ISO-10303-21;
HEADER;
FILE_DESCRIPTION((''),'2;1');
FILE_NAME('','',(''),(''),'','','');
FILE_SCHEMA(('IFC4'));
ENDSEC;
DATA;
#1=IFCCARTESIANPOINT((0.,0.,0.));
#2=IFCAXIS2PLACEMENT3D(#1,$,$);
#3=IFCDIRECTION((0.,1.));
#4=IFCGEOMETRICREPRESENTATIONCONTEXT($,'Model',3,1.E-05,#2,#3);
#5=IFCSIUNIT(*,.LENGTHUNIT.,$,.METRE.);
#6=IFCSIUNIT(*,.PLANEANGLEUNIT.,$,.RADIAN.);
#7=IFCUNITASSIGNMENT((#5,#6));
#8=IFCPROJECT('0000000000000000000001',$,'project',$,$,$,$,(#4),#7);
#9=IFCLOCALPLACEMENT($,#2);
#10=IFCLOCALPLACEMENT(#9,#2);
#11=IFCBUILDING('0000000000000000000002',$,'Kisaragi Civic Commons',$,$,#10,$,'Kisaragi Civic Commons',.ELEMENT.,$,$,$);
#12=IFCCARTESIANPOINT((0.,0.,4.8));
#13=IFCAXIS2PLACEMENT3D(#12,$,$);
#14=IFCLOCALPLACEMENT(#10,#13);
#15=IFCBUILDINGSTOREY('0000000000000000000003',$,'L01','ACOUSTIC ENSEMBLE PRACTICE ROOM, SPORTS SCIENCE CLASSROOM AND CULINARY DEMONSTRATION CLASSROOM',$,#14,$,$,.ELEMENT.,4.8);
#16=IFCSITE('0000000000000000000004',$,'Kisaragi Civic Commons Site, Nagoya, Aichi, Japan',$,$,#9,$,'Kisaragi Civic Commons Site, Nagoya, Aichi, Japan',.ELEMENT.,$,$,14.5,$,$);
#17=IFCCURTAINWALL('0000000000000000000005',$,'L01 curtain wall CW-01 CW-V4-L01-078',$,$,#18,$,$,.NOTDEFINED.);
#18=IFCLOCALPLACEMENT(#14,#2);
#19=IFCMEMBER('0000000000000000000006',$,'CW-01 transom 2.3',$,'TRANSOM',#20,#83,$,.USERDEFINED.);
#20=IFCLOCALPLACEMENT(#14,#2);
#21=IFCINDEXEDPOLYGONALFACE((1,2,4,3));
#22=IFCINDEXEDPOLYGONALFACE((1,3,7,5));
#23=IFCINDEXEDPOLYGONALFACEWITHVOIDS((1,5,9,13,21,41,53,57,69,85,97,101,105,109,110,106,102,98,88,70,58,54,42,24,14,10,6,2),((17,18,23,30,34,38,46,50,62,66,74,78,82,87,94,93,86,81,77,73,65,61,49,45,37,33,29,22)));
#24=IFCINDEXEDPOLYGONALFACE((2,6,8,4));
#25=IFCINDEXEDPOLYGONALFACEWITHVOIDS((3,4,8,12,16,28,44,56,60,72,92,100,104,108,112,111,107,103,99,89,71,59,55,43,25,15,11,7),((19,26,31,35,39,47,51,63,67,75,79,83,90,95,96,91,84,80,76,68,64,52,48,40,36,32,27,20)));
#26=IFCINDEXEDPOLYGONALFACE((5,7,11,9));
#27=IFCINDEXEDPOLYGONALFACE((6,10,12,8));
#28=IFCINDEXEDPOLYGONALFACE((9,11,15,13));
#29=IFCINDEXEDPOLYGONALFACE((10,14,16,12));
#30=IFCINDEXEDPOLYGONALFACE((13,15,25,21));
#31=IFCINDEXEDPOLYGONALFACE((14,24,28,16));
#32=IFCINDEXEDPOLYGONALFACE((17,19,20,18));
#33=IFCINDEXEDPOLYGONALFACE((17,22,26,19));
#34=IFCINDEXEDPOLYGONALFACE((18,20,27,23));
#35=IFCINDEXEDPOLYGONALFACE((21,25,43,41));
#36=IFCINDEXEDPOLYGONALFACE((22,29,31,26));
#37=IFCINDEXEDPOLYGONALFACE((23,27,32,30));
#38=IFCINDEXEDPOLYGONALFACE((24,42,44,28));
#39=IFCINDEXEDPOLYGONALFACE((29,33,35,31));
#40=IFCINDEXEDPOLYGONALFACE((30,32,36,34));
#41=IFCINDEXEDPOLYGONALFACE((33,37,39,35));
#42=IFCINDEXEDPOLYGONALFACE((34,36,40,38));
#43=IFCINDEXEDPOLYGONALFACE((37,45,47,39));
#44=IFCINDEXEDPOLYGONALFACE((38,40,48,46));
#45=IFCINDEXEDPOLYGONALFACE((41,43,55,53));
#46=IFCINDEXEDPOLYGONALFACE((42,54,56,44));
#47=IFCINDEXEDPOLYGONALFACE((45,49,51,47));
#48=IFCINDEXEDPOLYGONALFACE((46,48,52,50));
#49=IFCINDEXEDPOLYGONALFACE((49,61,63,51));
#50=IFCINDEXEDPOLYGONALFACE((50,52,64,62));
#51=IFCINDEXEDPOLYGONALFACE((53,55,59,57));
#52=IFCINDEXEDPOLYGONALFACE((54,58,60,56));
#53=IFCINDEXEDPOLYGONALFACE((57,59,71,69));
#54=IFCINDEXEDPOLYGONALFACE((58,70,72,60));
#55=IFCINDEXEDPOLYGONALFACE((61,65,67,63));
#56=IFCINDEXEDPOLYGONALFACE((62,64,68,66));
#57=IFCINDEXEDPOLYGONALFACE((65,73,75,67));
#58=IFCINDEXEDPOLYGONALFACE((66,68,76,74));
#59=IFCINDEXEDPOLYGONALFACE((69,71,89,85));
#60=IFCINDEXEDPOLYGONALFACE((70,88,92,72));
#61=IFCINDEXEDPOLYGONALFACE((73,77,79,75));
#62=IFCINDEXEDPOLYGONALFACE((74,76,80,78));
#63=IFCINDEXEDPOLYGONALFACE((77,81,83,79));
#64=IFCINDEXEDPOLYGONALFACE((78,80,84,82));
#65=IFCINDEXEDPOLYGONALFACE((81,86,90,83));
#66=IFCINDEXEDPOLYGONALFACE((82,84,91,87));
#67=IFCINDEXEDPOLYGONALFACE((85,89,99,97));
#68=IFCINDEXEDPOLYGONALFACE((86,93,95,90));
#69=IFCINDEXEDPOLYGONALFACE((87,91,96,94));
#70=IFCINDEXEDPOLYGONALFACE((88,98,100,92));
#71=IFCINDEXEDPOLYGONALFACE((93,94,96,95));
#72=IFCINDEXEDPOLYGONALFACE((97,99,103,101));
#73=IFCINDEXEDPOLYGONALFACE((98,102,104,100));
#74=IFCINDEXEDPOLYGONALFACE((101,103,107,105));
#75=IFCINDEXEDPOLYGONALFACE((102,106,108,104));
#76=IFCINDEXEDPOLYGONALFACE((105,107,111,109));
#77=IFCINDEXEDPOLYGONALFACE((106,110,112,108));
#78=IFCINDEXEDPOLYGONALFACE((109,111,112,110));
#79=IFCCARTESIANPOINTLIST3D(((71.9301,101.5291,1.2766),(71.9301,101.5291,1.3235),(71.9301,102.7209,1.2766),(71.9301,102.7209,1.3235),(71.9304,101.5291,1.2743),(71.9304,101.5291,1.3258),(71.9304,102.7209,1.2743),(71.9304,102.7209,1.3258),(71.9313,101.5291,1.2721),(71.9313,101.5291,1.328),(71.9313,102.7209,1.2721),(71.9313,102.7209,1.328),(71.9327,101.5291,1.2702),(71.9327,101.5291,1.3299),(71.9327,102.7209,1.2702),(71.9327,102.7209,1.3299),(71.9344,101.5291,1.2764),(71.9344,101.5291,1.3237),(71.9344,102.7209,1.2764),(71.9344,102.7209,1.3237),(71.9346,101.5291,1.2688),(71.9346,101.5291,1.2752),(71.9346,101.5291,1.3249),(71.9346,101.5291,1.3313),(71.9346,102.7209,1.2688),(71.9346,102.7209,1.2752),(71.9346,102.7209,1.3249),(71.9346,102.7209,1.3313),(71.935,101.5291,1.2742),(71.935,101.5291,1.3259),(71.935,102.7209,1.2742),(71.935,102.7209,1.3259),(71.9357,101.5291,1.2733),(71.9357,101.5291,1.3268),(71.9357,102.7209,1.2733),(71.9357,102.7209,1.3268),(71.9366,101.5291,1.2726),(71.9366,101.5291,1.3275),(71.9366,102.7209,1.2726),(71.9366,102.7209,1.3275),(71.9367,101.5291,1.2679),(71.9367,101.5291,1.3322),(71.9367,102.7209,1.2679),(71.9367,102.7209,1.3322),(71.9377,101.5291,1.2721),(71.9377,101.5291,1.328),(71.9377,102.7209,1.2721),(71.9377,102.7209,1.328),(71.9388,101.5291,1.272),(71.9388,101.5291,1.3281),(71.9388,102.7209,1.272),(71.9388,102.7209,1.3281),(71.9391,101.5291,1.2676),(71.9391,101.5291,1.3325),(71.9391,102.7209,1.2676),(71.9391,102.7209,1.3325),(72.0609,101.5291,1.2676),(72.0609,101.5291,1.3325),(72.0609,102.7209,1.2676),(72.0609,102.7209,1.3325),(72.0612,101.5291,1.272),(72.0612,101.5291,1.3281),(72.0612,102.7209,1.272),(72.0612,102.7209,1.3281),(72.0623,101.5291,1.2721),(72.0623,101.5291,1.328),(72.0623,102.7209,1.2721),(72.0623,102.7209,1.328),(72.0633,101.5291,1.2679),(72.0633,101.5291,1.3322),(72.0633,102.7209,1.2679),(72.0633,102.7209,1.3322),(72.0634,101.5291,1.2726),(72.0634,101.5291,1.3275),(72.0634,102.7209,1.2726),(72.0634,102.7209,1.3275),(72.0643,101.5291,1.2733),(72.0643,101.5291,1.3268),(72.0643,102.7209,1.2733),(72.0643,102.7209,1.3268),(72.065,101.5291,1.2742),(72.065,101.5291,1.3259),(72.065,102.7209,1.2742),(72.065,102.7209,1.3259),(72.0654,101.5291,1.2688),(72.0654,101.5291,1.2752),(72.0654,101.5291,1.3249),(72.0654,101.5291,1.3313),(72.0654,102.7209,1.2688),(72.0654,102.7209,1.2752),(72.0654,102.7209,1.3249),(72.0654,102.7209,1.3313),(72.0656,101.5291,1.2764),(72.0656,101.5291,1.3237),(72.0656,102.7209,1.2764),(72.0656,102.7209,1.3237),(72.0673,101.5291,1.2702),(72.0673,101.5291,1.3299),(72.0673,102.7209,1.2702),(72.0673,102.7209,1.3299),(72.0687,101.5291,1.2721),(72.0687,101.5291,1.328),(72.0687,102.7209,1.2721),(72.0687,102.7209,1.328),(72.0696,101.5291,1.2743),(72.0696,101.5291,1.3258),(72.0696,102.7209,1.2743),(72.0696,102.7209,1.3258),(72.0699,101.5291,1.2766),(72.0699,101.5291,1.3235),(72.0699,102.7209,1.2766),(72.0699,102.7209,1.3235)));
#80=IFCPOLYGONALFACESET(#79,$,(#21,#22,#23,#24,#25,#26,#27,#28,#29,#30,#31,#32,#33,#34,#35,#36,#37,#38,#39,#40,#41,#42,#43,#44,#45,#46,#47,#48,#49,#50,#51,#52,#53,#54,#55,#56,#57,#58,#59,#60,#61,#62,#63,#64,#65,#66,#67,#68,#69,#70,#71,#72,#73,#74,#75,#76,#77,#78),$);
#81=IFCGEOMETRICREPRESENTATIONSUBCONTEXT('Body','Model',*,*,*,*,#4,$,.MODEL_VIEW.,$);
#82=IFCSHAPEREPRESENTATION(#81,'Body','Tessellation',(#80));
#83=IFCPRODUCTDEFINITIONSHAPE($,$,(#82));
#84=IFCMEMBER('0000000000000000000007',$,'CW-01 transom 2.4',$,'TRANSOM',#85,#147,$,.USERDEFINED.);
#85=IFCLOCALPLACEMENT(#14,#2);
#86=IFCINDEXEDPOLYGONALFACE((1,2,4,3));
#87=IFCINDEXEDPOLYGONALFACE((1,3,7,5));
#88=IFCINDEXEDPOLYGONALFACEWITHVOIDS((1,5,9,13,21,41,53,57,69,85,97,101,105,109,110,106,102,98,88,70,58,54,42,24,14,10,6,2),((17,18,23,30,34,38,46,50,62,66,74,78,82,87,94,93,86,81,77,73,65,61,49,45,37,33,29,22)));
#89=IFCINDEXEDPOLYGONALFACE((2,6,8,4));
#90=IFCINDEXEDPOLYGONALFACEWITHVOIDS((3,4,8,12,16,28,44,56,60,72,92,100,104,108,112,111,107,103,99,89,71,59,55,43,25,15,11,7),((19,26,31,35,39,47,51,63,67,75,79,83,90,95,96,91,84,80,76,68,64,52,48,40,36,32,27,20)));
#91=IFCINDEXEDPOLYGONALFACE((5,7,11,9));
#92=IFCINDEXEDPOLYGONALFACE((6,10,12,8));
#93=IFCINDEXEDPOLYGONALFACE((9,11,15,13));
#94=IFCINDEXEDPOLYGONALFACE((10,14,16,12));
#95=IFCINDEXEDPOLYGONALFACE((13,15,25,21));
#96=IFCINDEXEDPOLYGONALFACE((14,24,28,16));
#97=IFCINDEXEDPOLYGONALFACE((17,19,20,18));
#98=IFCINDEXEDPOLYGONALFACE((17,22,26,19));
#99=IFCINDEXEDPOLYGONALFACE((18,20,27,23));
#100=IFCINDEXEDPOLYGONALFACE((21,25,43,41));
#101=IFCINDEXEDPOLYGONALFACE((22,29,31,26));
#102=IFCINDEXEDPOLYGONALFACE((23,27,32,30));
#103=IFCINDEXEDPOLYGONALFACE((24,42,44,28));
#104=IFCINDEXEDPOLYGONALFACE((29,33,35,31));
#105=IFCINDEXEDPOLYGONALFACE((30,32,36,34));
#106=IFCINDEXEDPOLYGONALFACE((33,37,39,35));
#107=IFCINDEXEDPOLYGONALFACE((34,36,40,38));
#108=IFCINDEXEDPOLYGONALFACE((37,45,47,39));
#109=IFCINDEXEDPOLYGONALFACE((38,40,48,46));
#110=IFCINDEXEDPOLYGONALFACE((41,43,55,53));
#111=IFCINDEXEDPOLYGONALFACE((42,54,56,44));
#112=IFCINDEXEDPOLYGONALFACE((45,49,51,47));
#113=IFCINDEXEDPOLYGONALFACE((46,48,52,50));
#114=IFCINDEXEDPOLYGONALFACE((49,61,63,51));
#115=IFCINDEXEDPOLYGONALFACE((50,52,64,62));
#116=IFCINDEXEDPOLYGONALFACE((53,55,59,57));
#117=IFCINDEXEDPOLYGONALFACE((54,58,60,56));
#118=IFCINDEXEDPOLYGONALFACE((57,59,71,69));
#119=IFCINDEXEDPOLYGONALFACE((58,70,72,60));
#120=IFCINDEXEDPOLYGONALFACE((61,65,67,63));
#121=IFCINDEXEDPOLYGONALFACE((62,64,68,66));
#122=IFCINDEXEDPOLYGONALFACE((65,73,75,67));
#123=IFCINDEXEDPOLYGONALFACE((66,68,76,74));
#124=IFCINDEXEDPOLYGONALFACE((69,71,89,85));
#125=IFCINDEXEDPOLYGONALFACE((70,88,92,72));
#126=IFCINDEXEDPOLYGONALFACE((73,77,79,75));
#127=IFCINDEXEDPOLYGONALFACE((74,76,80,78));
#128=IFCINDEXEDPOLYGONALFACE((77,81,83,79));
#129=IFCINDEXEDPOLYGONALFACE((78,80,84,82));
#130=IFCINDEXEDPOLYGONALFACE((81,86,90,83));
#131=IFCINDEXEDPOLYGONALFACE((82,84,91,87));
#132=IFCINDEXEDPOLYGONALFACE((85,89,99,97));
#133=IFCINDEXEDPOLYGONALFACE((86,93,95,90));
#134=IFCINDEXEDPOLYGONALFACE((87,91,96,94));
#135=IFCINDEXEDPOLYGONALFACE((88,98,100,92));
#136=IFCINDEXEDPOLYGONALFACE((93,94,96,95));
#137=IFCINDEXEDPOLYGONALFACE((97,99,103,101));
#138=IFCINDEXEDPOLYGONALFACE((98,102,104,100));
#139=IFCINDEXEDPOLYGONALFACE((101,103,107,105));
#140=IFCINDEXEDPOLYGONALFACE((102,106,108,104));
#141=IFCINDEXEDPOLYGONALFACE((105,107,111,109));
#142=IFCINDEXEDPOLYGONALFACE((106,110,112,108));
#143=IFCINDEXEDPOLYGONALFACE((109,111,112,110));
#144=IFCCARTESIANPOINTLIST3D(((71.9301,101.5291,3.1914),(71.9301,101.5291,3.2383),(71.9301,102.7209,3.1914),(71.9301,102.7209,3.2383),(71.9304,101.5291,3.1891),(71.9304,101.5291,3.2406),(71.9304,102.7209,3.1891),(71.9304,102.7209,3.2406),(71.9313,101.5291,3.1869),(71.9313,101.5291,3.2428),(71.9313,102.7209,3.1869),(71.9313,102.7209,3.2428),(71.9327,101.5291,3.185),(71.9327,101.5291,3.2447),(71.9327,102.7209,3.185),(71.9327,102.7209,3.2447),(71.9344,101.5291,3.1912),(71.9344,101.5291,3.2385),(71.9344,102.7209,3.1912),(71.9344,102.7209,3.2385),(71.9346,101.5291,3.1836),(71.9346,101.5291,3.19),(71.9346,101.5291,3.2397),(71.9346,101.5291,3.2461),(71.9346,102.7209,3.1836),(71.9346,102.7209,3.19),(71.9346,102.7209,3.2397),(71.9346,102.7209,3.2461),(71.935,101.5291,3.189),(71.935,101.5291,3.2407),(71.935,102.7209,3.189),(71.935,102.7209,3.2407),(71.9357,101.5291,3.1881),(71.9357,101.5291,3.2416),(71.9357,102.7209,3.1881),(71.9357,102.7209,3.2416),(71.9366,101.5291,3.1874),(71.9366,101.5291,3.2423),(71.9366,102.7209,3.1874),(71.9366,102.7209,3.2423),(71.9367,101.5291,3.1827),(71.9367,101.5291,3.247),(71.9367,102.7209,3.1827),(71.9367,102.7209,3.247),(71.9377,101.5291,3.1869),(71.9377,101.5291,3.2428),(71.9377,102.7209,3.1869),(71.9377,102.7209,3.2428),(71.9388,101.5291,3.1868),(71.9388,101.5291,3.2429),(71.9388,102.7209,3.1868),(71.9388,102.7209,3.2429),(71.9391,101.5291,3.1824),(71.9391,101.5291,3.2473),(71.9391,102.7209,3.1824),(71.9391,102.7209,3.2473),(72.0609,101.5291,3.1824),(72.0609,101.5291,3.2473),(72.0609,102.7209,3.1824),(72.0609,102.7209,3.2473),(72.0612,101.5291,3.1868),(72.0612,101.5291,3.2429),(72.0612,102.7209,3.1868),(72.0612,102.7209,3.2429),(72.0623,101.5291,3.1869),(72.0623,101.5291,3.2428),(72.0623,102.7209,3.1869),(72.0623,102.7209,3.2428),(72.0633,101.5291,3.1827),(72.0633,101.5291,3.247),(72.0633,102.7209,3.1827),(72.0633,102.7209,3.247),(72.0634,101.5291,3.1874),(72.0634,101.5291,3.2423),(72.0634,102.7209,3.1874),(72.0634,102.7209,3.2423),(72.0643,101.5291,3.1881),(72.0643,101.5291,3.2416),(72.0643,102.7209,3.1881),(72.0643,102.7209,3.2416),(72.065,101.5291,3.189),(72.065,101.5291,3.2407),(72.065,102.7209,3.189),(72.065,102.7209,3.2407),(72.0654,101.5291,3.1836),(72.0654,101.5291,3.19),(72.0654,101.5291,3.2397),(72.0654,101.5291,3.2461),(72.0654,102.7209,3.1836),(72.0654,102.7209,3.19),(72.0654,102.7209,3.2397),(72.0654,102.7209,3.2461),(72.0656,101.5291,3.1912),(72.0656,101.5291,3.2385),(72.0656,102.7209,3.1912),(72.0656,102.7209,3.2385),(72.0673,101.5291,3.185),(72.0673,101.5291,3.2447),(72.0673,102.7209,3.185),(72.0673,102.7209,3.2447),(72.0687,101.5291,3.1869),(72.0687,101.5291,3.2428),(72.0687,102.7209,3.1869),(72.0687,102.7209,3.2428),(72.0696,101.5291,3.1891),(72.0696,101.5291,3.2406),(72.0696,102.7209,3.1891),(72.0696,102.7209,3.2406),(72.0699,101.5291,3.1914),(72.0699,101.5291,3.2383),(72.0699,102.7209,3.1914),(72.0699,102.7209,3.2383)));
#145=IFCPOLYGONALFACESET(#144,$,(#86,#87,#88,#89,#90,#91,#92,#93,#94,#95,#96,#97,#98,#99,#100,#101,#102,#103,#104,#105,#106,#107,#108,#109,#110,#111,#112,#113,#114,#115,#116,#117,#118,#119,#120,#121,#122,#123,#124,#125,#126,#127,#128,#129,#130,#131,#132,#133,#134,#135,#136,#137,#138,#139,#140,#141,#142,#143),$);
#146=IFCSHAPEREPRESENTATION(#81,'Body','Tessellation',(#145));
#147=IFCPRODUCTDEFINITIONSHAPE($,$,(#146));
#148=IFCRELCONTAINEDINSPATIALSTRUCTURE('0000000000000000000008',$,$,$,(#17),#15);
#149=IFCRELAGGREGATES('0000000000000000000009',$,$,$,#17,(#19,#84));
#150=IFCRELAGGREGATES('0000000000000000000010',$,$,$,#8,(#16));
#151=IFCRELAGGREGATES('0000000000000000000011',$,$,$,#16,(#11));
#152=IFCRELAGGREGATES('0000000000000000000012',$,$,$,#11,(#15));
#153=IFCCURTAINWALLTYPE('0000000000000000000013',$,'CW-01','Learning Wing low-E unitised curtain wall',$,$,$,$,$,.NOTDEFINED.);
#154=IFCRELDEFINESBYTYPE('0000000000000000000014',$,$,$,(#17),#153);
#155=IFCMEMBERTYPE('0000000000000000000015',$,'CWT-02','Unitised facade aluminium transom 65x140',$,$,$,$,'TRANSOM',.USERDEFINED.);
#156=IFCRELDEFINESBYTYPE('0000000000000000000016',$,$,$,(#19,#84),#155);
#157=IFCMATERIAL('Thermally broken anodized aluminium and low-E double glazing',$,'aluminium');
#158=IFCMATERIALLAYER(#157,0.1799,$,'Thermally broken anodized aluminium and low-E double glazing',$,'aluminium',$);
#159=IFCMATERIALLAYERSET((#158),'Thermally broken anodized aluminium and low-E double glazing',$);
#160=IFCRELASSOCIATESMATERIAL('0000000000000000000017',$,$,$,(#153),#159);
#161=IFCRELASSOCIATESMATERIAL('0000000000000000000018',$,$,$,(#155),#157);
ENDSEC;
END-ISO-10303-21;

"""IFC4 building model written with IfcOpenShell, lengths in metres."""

from ifc_helpers import new_model, si_unit, direction, frame, origin, origin_2d, place, context, subcontext, project, spatial, hollow_rectangle, extrude, material, layer, layer_set, material_profile, profile_set, type_object, element, aggregate, save


model = new_model("IFC4")

# Units and contexts
model_context = context("Model", 3, precision=1e-05, world=origin(), true_north=direction((0.0, 1.0)))
body_context = subcontext(model_context, "Body", "Model", "MODEL_VIEW")
ifc_project = project(units=[si_unit("LENGTHUNIT", "METRE"), si_unit("PLANEANGLEUNIT", "RADIAN")], contexts=[model_context])

# Site, building, storey
site_placement = place(None, origin())
site = spatial("IfcSite", under=ifc_project, at=site_placement, Name="Kisaragi Civic Commons Site, Nagoya, Aichi, Japan", LongName="Kisaragi Civic Commons Site, Nagoya, Aichi, Japan", CompositionType="ELEMENT", RefElevation=14.5)
building_placement = place(site_placement, origin())
building = spatial("IfcBuilding", under=site, at=building_placement, Name="Kisaragi Civic Commons", LongName="Kisaragi Civic Commons", CompositionType="ELEMENT")
storey_placement = place(building_placement, frame((0.0, 0.0, 4.8)))
storey = spatial("IfcBuildingStorey", under=building, at=storey_placement, Name="L01", Description="ACOUSTIC ENSEMBLE PRACTICE ROOM, SPORTS SCIENCE CLASSROOM AND CULINARY DEMONSTRATION CLASSROOM", CompositionType="ELEMENT", Elevation=4.8)

# Curtain wall, members
ifc_material_1 = material(Name="Thermally broken anodized aluminium and low-E double glazing", Category="aluminium")
ifc_layer_1 = layer(ifc_material_1, 0.1799, Name="Thermally broken anodized aluminium and low-E double glazing", Category="aluminium")
ifc_layer_set_1 = layer_set([ifc_layer_1], Name="Thermally broken anodized aluminium and low-E double glazing")
curtain_wall_type = type_object("IfcCurtainWallType", Name="CW-01", Description="Learning Wing low-E unitised curtain wall", PredefinedType="NOTDEFINED", material=ifc_layer_set_1)
curtain_wall_placement = place(storey_placement, origin())
curtain_wall = element("IfcCurtainWall", 1, at=curtain_wall_placement, inside=storey, type_object=curtain_wall_type, Name="L01 curtain wall CW-01 CW-V4-L01-078", PredefinedType="NOTDEFINED")
ifc_material_profile_1 = material_profile(ifc_material_1, hollow_rectangle(XDim=0.1399, YDim=0.0649, WallThickness=0.0044, InnerFilletRadius=0.0044, OuterFilletRadius=0.009, at=origin_2d()), Name="CWT-65x140x4.5", Category="aluminium")
ifc_profile_set_1 = profile_set([ifc_material_profile_1], Name="Thermally broken anodized aluminium and low-E double glazing")
member_type_1 = type_object("IfcMemberType", Name="CWT-02", Description="Unitised facade aluminium transom 65x140", ElementType="TRANSOM", PredefinedType="USERDEFINED", material=ifc_profile_set_1)
member_1_placement = place(storey_placement, frame((72.0, 101.5291, 1.3), z_axis=(0.0, 1.0, 0.0), x_axis=(-1.0, 0.0, 0.0)))
member_1 = element("IfcMember", 2, at=member_1_placement, type_object=member_type_1, Name="CW-01 transom 2.3", ObjectType="TRANSOM", PredefinedType="USERDEFINED", context=body_context, shape_type="SweptSolid", body=[
    extrude(hollow_rectangle(XDim=0.1399, YDim=0.0649, WallThickness=0.0044, InnerFilletRadius=0.0044, OuterFilletRadius=0.009, at=origin_2d()), origin(), (0.0, 0.0, 1.0), 1.1919),
])
member_2_placement = place(storey_placement, frame((72.0, 101.5291, 3.2148), z_axis=(0.0, 1.0, 0.0), x_axis=(-1.0, 0.0, 0.0)))
member_2 = element("IfcMember", 3, at=member_2_placement, type_object=member_type_1, Name="CW-01 transom 2.4", ObjectType="TRANSOM", PredefinedType="USERDEFINED", context=body_context, shape_type="SweptSolid", body=[
    extrude(hollow_rectangle(XDim=0.1399, YDim=0.0649, WallThickness=0.0044, InnerFilletRadius=0.0044, OuterFilletRadius=0.009, at=origin_2d()), origin(), (0.0, 0.0, 1.0), 1.1919),
])

aggregate(curtain_wall, [member_1, member_2])

save(model, "model.ifc")
